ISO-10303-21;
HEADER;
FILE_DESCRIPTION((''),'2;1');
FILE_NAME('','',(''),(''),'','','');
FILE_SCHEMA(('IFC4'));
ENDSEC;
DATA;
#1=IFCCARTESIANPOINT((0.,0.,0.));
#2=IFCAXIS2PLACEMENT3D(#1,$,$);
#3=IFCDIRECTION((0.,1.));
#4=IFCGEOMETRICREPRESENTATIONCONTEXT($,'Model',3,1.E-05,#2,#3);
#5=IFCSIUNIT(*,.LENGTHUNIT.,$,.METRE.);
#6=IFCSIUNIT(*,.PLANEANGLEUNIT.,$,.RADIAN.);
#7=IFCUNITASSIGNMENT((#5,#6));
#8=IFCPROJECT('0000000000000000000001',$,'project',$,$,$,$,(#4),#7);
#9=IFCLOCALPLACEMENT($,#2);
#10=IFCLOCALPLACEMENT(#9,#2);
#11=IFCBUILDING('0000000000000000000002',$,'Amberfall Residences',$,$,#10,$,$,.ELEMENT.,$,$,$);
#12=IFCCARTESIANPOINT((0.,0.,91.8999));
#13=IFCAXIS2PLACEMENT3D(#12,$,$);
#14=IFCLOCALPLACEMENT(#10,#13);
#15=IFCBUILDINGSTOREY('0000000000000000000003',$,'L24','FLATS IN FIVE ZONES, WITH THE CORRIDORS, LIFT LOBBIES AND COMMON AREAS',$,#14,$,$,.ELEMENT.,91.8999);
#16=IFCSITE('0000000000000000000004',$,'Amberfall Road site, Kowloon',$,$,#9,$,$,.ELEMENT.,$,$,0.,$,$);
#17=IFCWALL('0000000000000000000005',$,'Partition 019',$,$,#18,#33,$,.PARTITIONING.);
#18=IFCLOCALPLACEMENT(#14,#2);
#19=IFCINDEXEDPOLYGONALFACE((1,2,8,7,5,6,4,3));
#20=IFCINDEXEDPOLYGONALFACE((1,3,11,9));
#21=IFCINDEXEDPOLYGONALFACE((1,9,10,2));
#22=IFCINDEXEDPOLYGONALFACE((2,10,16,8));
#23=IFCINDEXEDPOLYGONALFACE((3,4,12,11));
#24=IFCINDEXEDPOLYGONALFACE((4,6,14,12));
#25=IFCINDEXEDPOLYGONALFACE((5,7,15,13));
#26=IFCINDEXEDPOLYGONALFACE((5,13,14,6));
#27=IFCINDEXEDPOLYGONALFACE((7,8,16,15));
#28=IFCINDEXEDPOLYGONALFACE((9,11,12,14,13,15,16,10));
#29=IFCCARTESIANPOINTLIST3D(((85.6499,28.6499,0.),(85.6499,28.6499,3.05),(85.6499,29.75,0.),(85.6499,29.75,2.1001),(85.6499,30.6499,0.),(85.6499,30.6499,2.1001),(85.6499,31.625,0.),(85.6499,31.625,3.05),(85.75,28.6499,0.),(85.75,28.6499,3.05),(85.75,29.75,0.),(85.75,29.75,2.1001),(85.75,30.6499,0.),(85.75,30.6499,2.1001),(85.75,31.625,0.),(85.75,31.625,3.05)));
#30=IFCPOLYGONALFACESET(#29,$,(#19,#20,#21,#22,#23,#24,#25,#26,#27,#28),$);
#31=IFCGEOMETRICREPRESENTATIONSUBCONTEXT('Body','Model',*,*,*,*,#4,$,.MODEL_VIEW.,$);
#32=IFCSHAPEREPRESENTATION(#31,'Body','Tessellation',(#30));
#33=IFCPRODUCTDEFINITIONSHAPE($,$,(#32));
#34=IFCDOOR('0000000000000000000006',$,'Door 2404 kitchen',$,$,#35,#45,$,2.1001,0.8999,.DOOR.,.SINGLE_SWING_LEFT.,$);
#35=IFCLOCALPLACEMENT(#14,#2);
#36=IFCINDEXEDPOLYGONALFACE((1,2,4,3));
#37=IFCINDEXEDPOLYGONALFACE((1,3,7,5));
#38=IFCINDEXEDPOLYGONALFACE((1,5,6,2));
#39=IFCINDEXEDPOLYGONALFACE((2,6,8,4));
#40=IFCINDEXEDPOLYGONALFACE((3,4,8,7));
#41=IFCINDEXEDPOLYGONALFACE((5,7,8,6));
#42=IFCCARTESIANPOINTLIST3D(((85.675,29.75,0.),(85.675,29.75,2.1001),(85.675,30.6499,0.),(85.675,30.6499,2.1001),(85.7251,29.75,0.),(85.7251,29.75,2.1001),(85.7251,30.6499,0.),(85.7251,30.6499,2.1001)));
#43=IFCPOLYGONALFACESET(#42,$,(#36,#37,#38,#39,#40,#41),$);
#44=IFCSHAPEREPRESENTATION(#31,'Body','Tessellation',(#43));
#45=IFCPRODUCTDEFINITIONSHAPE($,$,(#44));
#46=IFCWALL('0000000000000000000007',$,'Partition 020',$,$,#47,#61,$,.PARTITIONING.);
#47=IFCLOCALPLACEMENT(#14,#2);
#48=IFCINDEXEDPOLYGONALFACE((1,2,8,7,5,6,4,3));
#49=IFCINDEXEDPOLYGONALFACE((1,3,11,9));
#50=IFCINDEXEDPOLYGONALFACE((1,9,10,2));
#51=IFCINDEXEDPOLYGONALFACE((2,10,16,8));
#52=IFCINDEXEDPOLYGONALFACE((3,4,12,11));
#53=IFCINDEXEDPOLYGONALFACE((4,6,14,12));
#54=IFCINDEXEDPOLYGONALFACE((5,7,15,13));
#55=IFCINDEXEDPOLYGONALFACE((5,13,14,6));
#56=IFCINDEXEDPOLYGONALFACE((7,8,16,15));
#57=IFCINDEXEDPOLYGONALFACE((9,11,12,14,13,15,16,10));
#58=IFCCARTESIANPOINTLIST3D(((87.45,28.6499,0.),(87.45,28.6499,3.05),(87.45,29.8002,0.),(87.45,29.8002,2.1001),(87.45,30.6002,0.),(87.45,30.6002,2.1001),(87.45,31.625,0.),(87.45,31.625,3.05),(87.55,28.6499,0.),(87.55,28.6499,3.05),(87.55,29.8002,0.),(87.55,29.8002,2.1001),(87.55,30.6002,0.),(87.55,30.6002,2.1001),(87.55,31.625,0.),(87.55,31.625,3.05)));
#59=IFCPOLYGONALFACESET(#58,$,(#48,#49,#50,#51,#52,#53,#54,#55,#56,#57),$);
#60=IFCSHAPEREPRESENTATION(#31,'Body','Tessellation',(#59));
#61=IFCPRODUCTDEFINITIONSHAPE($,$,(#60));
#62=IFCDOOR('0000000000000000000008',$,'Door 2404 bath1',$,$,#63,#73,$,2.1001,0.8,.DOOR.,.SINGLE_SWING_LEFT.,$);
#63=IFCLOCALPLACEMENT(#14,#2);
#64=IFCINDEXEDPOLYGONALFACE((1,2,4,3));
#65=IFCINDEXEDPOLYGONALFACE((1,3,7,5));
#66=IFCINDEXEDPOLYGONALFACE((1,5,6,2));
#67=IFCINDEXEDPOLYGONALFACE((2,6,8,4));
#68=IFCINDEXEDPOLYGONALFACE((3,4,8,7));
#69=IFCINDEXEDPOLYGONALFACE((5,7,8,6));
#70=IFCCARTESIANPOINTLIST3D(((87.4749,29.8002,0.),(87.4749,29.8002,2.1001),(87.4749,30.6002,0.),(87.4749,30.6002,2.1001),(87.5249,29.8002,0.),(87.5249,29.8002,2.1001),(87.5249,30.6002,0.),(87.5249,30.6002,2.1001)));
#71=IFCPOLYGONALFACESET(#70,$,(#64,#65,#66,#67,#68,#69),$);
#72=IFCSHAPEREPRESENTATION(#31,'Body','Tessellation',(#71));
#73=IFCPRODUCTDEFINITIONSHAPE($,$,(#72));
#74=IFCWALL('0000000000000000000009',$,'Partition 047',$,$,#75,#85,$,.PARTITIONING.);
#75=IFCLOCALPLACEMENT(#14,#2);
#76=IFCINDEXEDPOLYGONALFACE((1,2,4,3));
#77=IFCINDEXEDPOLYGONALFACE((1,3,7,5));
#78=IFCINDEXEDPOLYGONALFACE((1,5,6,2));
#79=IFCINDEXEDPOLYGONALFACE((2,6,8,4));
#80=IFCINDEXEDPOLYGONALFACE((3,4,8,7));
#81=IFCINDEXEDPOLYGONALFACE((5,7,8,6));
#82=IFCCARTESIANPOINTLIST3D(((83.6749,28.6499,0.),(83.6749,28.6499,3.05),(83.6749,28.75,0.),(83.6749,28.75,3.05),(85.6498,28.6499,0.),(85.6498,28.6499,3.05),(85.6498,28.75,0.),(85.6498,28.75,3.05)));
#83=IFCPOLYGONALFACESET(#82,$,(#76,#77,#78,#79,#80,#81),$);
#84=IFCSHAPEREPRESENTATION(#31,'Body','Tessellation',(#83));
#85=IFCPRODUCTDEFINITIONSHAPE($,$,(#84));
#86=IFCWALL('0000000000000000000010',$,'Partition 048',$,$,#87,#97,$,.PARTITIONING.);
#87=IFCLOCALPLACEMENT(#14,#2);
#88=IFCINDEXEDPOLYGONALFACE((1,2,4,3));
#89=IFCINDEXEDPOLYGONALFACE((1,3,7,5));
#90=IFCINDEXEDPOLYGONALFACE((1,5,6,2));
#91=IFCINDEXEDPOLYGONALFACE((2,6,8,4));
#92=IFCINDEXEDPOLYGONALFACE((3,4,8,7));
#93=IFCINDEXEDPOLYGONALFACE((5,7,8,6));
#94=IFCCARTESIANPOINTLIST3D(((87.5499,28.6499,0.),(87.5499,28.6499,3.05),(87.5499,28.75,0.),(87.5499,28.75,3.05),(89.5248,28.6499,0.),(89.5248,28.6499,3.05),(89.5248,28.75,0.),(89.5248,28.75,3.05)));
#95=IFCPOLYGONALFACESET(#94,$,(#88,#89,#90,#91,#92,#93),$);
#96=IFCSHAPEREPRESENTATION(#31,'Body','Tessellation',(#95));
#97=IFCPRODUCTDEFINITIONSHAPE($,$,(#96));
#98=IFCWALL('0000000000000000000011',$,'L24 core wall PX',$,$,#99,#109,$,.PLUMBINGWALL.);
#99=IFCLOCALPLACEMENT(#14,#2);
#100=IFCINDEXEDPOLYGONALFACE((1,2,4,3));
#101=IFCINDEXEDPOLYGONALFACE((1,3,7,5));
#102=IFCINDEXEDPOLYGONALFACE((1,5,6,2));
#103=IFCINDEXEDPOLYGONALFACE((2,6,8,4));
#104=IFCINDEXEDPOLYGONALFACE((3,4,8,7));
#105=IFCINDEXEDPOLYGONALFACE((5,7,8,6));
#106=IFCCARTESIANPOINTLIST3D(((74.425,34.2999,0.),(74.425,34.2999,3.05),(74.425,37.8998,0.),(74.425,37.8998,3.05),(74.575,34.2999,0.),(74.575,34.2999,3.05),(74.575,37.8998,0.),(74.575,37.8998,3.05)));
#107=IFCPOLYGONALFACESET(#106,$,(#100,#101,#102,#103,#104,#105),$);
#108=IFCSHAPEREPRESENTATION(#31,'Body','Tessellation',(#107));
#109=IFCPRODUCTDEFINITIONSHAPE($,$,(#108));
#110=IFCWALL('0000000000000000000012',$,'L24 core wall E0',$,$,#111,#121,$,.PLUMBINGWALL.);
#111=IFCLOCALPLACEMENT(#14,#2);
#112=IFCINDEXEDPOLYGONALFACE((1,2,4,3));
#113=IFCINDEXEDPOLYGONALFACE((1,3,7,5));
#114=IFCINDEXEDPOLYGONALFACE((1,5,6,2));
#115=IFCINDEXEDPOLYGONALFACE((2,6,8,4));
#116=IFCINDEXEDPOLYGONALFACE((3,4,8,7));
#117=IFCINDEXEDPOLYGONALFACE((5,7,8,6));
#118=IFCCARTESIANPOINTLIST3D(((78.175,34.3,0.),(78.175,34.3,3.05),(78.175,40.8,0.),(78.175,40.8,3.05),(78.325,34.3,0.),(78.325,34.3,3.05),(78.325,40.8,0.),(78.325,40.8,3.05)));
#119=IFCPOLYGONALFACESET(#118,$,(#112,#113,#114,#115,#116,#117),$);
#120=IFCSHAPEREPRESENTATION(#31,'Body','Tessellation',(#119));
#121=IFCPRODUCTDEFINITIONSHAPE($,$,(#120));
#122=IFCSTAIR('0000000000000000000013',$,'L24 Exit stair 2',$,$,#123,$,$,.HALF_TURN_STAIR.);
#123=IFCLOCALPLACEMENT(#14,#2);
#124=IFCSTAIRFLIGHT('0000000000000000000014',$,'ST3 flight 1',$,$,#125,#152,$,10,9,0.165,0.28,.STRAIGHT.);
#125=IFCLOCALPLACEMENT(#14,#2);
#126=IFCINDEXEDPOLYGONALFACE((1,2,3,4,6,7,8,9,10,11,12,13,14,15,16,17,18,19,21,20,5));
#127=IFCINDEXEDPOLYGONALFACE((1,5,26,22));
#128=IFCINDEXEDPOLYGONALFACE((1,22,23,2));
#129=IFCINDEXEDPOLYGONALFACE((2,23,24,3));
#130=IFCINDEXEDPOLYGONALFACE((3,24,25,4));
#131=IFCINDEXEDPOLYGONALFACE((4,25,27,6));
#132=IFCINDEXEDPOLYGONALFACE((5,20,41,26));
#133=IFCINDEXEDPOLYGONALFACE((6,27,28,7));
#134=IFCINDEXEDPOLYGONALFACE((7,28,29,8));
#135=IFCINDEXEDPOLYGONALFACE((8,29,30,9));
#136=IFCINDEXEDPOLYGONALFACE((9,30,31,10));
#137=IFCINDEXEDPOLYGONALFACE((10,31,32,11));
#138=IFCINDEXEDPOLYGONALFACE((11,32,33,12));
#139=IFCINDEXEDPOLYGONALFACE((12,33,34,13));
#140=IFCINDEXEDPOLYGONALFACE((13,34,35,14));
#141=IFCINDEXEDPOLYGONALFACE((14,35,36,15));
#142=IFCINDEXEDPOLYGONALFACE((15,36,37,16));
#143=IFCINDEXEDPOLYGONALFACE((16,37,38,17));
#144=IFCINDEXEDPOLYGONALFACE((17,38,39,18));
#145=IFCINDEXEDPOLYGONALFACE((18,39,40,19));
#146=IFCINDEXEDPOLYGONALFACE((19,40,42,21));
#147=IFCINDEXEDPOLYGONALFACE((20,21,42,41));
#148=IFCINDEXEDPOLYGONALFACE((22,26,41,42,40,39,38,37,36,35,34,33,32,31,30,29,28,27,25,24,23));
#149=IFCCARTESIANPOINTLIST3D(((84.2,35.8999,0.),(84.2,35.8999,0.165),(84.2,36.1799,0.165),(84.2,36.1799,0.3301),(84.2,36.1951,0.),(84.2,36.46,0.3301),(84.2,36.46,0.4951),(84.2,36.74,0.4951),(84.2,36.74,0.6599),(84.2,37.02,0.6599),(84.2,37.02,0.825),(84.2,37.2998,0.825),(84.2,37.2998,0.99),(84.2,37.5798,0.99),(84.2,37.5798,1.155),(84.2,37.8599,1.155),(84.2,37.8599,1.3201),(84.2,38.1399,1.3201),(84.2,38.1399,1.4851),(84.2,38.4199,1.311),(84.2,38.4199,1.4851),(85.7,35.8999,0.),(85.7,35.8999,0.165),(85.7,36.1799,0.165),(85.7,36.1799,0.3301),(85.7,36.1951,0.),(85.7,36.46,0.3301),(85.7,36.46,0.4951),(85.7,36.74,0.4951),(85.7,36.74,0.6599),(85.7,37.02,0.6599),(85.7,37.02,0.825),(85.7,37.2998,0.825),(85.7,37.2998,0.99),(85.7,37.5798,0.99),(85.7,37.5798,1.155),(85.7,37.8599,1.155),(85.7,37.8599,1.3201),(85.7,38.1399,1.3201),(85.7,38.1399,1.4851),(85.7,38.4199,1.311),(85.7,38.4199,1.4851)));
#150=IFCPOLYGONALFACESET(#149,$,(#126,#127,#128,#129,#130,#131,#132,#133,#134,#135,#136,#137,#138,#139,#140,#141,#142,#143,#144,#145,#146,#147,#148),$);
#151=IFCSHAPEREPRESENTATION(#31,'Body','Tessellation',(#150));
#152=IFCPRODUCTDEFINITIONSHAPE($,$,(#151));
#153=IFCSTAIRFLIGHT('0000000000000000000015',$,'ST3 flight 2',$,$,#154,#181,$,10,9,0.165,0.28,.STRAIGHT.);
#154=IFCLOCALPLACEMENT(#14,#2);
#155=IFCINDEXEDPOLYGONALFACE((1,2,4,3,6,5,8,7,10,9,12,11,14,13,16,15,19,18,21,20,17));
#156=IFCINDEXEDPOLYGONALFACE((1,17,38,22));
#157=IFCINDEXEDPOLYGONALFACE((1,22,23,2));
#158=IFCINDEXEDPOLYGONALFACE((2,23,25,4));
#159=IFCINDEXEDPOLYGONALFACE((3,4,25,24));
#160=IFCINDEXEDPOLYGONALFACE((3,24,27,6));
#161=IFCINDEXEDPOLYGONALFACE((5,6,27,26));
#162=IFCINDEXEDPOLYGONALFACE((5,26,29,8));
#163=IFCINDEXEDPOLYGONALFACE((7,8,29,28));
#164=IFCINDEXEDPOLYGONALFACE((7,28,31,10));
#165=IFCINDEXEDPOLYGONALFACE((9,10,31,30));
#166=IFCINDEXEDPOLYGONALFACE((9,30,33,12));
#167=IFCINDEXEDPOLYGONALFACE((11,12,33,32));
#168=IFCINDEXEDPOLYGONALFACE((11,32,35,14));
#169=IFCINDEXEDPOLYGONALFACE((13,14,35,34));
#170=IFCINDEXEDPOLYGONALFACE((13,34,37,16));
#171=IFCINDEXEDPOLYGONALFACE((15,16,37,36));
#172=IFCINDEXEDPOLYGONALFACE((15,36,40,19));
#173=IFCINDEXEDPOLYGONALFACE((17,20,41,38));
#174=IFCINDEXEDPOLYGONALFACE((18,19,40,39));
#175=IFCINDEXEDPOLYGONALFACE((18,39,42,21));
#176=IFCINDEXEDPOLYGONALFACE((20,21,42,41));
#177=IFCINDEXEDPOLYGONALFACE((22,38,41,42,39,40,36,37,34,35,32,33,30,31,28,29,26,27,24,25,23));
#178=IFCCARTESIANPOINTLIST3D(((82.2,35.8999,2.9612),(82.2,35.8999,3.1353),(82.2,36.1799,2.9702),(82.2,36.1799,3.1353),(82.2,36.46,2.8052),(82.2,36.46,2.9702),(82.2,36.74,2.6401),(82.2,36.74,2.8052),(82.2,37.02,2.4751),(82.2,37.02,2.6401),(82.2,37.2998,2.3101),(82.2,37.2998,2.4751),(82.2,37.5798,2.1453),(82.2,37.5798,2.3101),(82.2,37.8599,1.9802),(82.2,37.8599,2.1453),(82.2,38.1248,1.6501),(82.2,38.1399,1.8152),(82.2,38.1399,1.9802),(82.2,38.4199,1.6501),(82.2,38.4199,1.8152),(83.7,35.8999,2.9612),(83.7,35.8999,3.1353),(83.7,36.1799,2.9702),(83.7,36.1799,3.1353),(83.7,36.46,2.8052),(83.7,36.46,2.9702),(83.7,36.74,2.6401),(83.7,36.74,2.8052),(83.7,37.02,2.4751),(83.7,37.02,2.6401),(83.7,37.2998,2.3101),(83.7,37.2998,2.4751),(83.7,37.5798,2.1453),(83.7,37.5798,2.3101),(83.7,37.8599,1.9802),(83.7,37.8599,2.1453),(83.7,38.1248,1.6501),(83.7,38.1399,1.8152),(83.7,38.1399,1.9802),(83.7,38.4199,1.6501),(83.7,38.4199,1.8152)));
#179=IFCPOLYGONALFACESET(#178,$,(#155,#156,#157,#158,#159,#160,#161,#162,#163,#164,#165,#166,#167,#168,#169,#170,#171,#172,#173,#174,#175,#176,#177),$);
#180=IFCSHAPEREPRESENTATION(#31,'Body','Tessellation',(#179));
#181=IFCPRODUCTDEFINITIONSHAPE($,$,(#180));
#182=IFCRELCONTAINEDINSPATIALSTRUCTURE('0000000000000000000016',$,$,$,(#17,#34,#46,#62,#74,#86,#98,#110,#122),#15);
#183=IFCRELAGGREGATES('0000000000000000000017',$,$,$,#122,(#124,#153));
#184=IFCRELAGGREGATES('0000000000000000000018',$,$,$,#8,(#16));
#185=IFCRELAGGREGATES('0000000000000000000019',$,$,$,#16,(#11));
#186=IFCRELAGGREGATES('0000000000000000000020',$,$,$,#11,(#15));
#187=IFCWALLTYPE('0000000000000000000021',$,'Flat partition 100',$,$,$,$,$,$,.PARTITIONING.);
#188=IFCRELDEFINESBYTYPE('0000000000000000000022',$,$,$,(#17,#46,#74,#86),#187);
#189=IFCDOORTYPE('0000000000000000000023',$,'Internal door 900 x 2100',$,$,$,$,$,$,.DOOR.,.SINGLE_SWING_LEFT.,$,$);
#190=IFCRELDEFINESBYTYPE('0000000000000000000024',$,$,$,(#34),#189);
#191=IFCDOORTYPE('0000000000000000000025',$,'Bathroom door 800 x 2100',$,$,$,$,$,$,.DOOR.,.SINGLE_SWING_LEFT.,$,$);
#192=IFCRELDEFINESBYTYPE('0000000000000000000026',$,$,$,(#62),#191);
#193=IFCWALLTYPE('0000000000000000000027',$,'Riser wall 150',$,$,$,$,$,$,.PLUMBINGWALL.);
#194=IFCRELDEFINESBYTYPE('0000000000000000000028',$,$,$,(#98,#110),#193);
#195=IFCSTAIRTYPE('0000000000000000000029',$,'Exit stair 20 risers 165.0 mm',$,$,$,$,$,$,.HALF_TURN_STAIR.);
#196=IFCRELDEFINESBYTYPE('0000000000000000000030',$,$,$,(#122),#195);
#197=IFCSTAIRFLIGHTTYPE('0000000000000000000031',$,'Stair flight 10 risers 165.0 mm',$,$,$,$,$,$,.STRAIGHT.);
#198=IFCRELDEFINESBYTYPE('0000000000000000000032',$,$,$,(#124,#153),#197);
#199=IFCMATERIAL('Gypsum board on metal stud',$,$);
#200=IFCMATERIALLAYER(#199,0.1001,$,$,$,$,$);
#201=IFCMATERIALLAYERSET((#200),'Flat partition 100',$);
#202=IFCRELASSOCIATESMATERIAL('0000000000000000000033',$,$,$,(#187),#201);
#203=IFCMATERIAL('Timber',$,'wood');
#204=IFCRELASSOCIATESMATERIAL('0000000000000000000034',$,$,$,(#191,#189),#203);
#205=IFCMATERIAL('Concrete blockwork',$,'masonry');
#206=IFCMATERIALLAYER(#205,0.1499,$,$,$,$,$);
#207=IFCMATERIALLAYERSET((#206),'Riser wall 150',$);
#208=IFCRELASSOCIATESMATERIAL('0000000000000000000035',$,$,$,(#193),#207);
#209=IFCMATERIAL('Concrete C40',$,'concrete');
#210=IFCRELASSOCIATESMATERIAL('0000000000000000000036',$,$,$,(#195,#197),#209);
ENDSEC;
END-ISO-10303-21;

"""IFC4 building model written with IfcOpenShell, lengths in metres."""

from ifc_helpers import new_model, si_unit, direction, frame, frame_2d, origin, place, context, subcontext, project, spatial, polyline, rectangle, outline, extrude, material, layer, layer_set, type_object, element, fill, aggregate, save


model = new_model("IFC4")

# Units and contexts
model_context = context("Model", 3, precision=1e-05, world=origin(), true_north=direction((0.0, 1.0)))
body_context = subcontext(model_context, "Body", "Model", "MODEL_VIEW")
ifc_project = project(units=[si_unit("LENGTHUNIT", "METRE"), si_unit("PLANEANGLEUNIT", "RADIAN")], contexts=[model_context])

# Site, building, storey
site_placement = place(None, origin())
site = spatial("IfcSite", under=ifc_project, at=site_placement, Name="Amberfall Road site, Kowloon", CompositionType="ELEMENT", RefElevation=0.0)
building_placement = place(site_placement, origin())
building = spatial("IfcBuilding", under=site, at=building_placement, Name="Amberfall Residences", CompositionType="ELEMENT")
storey_placement = place(building_placement, frame((0.0, 0.0, 91.8999)))
storey = spatial("IfcBuildingStorey", under=building, at=storey_placement, Name="L24", Description="FLATS IN FIVE ZONES, WITH THE CORRIDORS, LIFT LOBBIES AND COMMON AREAS", CompositionType="ELEMENT", Elevation=91.8999)

# Walls, openings, doors
ifc_material_1 = material(Name="Gypsum board on metal stud")
ifc_layer_1 = layer(ifc_material_1, 0.1001)
ifc_layer_set_1 = layer_set([ifc_layer_1], Name="Flat partition 100")
wall_type_1 = type_object("IfcWallType", Name="Flat partition 100", PredefinedType="PARTITIONING", material=ifc_layer_set_1)
ifc_material_2 = material(Name="Timber", Category="wood")
door_type_1 = type_object("IfcDoorType", Name="Bathroom door 800 x 2100", OperationType="SINGLE_SWING_LEFT", PredefinedType="DOOR", material=ifc_material_2)
wall_1_placement = place(storey_placement, frame((85.7, 28.6499, 0.0), z_axis=(0.0, 0.0, 1.0), x_axis=(0.0, 1.0, 0.0)))
wall_1 = element("IfcWall", 1, at=wall_1_placement, inside=storey, type_object=wall_type_1, Name="Partition 019", PredefinedType="PARTITIONING", context=body_context, shape_type="SweptSolid", body=[
    extrude(rectangle(XDim=2.9751, YDim=0.1001, at=frame_2d((1.4875, 0.0))), origin(), (0.0, 0.0, 1.0), 3.05),
])
opening_1_placement = place(wall_1_placement, frame((1.1001, 0.0, 0.0)))
opening_1 = element("IfcOpeningElement", 2, at=opening_1_placement, cuts=wall_1, PredefinedType="OPENING", context=body_context, shape_type="SweptSolid", body=[
    extrude(rectangle(XDim=0.8999, YDim=2.1001, at=frame_2d((0.45, 1.05))), frame((0.0, 0.0601, 0.0), z_axis=(0.0, -1.0, 0.0), x_axis=(1.0, 0.0, 0.0)), (0.0, 0.0, 1.0), 0.1201),
])
door_type_2 = type_object("IfcDoorType", Name="Internal door 900 x 2100", OperationType="SINGLE_SWING_LEFT", PredefinedType="DOOR", material=ifc_material_2)
door_1_placement = place(opening_1_placement, origin())
door_1 = element("IfcDoor", 3, at=door_1_placement, inside=storey, type_object=door_type_2, Name="Door 2404 kitchen", OperationType="SINGLE_SWING_LEFT", OverallHeight=2.1001, OverallWidth=0.8999, PredefinedType="DOOR", context=body_context, shape_type="SweptSolid", body=[
    extrude(rectangle(XDim=0.8999, YDim=2.1001, at=frame_2d((0.45, 1.05))), frame((0.0, 0.0249, 0.0), z_axis=(0.0, -1.0, 0.0), x_axis=(1.0, 0.0, 0.0)), (0.0, 0.0, 1.0), 0.05),
])
fill(opening_1, door_1)
wall_2_placement = place(storey_placement, frame((87.5, 31.625, 0.0), z_axis=(0.0, 0.0, 1.0), x_axis=(0.0, -1.0, 0.0)))
wall_2 = element("IfcWall", 4, at=wall_2_placement, inside=storey, type_object=wall_type_1, Name="Partition 020", PredefinedType="PARTITIONING", context=body_context, shape_type="SweptSolid", body=[
    extrude(rectangle(XDim=2.9751, YDim=0.1001, at=frame_2d((1.4875, 0.0))), origin(), (0.0, 0.0, 1.0), 3.05),
])
opening_2_placement = place(wall_2_placement, frame((1.0249, 0.0, 0.0)))
opening_2 = element("IfcOpeningElement", 5, at=opening_2_placement, cuts=wall_2, PredefinedType="OPENING", context=body_context, shape_type="SweptSolid", body=[
    extrude(rectangle(XDim=0.8, YDim=2.1001, at=frame_2d((0.3999, 1.05))), frame((0.0, 0.0601, 0.0), z_axis=(0.0, -1.0, 0.0), x_axis=(1.0, 0.0, 0.0)), (0.0, 0.0, 1.0), 0.1201),
])
door_2_placement = place(opening_2_placement, origin())
door_2 = element("IfcDoor", 6, at=door_2_placement, inside=storey, type_object=door_type_1, Name="Door 2404 bath1", OperationType="SINGLE_SWING_LEFT", OverallHeight=2.1001, OverallWidth=0.8, PredefinedType="DOOR", context=body_context, shape_type="SweptSolid", body=[
    extrude(rectangle(XDim=0.8, YDim=2.1001, at=frame_2d((0.3999, 1.05))), frame((0.0, 0.0249, 0.0), z_axis=(0.0, -1.0, 0.0), x_axis=(1.0, 0.0, 0.0)), (0.0, 0.0, 1.0), 0.05),
])
fill(opening_2, door_2)

# Walls
for number, where, z_axis, x_axis, name in (
    (7, (83.675, 28.7, 0.0), (0.0, 0.0, 1.0), (1.0, 0.0, 0.0), "Partition 047"),
    (8, (87.55, 28.7, 0.0), (0.0, 0.0, 1.0), (1.0, 0.0, 0.0), "Partition 048"),
):
    element("IfcWall", number, at=place(storey_placement, frame(where, z_axis=z_axis, x_axis=x_axis)), inside=storey, type_object=wall_type_1, Name=name, PredefinedType="PARTITIONING", context=body_context, shape_type="SweptSolid", body=[
        extrude(rectangle(XDim=1.9749, YDim=0.1001, at=frame_2d((0.9873, 0.0))), origin(), (0.0, 0.0, 1.0), 3.05),
    ])
ifc_material_3 = material(Name="Concrete blockwork", Category="masonry")
ifc_layer_2 = layer(ifc_material_3, 0.1499)
ifc_layer_set_2 = layer_set([ifc_layer_2], Name="Riser wall 150")
wall_type_2 = type_object("IfcWallType", Name="Riser wall 150", PredefinedType="PLUMBINGWALL", material=ifc_layer_set_2)
wall_3_placement = place(storey_placement, frame((74.5, 34.3, 0.0), z_axis=(0.0, 0.0, 1.0), x_axis=(0.0, 1.0, 0.0)))
element("IfcWall", 9, at=wall_3_placement, inside=storey, type_object=wall_type_2, Name="L24 core wall PX", PredefinedType="PLUMBINGWALL", context=body_context, shape_type="SweptSolid", body=[
    extrude(rectangle(XDim=3.5999, YDim=0.1499, at=frame_2d((1.7998, 0.0))), origin(), (0.0, 0.0, 1.0), 3.05),
])
wall_4_placement = place(storey_placement, frame((78.25, 34.3, 0.0), z_axis=(0.0, 0.0, 1.0), x_axis=(0.0, 1.0, 0.0)))
element("IfcWall", 10, at=wall_4_placement, inside=storey, type_object=wall_type_2, Name="L24 core wall E0", PredefinedType="PLUMBINGWALL", context=body_context, shape_type="SweptSolid", body=[
    extrude(rectangle(XDim=6.5, YDim=0.1499, at=frame_2d((3.25, 0.0))), origin(), (0.0, 0.0, 1.0), 3.05),
])

# Stair, stair flights
ifc_material_4 = material(Name="Concrete C40", Category="concrete")
stair_type = type_object("IfcStairType", Name="Exit stair 20 risers 165.0 mm", PredefinedType="HALF_TURN_STAIR", material=ifc_material_4)
stair_placement = place(storey_placement, origin())
stair = element("IfcStair", 11, at=stair_placement, inside=storey, type_object=stair_type, Name="L24 Exit stair 2", PredefinedType="HALF_TURN_STAIR")
stair_flight_type = type_object("IfcStairFlightType", Name="Stair flight 10 risers 165.0 mm", PredefinedType="STRAIGHT", material=ifc_material_4)
stair_flight_1_placement = place(storey_placement, frame((84.95, 35.8999, 0.0), z_axis=(0.0, 0.0, 1.0), x_axis=(0.0, 1.0, 0.0)))
stair_flight_1 = element("IfcStairFlight", 12, at=stair_flight_1_placement, type_object=stair_flight_type, Name="ST3 flight 1", NumberOfRisers=10, NumberOfTreads=9, PredefinedType="STRAIGHT", RiserHeight=0.165, TreadLength=0.28, context=body_context, shape_type="SweptSolid", body=[
    extrude(outline(polyline([(0.0, 0.0), (0.0, 0.165), (0.28, 0.165), (0.28, 0.3301), (0.5601, 0.3301), (0.5601, 0.4951), (0.8401, 0.4951), (0.8401, 0.6599), (1.1201, 0.6599), (1.1201, 0.825), (1.3999, 0.825), (1.3999, 0.99), (1.6799, 0.99), (1.6799, 1.155), (1.96, 1.155), (1.96, 1.3201), (2.24, 1.3201), (2.24, 1.4851), (2.52, 1.4851), (2.52, 1.6499), (2.52, 1.311), (0.2952, 0.0), (0.0, 0.0)])), frame((0.0, 0.75, 0.0), z_axis=(0.0, -1.0, 0.0), x_axis=(1.0, 0.0, 0.0)), (0.0, 0.0, 1.0), 1.5),
])
stair_flight_2_placement = place(storey_placement, frame((82.95, 38.4199, 1.6501), z_axis=(0.0, 0.0, 1.0), x_axis=(0.0, -1.0, 0.0)))
stair_flight_2 = element("IfcStairFlight", 13, at=stair_flight_2_placement, type_object=stair_flight_type, Name="ST3 flight 2", NumberOfRisers=10, NumberOfTreads=9, PredefinedType="STRAIGHT", RiserHeight=0.165, TreadLength=0.28, context=body_context, shape_type="SweptSolid", body=[
    extrude(outline(polyline([(0.0, 0.0), (0.0, 0.165), (0.28, 0.165), (0.28, 0.3301), (0.5601, 0.3301), (0.5601, 0.4951), (0.8401, 0.4951), (0.8401, 0.6599), (1.1201, 0.6599), (1.1201, 0.825), (1.3999, 0.825), (1.3999, 0.99), (1.6799, 0.99), (1.6799, 1.155), (1.96, 1.155), (1.96, 1.3201), (2.24, 1.3201), (2.24, 1.4851), (2.52, 1.4851), (2.52, 1.6499), (2.52, 1.311), (0.2952, 0.0), (0.0, 0.0)])), frame((0.0, 0.75, 0.0), z_axis=(0.0, -1.0, 0.0), x_axis=(1.0, 0.0, 0.0)), (0.0, 0.0, 1.0), 1.5),
])
aggregate(stair, [stair_flight_1, stair_flight_2])

save(model, "model.ifc")
